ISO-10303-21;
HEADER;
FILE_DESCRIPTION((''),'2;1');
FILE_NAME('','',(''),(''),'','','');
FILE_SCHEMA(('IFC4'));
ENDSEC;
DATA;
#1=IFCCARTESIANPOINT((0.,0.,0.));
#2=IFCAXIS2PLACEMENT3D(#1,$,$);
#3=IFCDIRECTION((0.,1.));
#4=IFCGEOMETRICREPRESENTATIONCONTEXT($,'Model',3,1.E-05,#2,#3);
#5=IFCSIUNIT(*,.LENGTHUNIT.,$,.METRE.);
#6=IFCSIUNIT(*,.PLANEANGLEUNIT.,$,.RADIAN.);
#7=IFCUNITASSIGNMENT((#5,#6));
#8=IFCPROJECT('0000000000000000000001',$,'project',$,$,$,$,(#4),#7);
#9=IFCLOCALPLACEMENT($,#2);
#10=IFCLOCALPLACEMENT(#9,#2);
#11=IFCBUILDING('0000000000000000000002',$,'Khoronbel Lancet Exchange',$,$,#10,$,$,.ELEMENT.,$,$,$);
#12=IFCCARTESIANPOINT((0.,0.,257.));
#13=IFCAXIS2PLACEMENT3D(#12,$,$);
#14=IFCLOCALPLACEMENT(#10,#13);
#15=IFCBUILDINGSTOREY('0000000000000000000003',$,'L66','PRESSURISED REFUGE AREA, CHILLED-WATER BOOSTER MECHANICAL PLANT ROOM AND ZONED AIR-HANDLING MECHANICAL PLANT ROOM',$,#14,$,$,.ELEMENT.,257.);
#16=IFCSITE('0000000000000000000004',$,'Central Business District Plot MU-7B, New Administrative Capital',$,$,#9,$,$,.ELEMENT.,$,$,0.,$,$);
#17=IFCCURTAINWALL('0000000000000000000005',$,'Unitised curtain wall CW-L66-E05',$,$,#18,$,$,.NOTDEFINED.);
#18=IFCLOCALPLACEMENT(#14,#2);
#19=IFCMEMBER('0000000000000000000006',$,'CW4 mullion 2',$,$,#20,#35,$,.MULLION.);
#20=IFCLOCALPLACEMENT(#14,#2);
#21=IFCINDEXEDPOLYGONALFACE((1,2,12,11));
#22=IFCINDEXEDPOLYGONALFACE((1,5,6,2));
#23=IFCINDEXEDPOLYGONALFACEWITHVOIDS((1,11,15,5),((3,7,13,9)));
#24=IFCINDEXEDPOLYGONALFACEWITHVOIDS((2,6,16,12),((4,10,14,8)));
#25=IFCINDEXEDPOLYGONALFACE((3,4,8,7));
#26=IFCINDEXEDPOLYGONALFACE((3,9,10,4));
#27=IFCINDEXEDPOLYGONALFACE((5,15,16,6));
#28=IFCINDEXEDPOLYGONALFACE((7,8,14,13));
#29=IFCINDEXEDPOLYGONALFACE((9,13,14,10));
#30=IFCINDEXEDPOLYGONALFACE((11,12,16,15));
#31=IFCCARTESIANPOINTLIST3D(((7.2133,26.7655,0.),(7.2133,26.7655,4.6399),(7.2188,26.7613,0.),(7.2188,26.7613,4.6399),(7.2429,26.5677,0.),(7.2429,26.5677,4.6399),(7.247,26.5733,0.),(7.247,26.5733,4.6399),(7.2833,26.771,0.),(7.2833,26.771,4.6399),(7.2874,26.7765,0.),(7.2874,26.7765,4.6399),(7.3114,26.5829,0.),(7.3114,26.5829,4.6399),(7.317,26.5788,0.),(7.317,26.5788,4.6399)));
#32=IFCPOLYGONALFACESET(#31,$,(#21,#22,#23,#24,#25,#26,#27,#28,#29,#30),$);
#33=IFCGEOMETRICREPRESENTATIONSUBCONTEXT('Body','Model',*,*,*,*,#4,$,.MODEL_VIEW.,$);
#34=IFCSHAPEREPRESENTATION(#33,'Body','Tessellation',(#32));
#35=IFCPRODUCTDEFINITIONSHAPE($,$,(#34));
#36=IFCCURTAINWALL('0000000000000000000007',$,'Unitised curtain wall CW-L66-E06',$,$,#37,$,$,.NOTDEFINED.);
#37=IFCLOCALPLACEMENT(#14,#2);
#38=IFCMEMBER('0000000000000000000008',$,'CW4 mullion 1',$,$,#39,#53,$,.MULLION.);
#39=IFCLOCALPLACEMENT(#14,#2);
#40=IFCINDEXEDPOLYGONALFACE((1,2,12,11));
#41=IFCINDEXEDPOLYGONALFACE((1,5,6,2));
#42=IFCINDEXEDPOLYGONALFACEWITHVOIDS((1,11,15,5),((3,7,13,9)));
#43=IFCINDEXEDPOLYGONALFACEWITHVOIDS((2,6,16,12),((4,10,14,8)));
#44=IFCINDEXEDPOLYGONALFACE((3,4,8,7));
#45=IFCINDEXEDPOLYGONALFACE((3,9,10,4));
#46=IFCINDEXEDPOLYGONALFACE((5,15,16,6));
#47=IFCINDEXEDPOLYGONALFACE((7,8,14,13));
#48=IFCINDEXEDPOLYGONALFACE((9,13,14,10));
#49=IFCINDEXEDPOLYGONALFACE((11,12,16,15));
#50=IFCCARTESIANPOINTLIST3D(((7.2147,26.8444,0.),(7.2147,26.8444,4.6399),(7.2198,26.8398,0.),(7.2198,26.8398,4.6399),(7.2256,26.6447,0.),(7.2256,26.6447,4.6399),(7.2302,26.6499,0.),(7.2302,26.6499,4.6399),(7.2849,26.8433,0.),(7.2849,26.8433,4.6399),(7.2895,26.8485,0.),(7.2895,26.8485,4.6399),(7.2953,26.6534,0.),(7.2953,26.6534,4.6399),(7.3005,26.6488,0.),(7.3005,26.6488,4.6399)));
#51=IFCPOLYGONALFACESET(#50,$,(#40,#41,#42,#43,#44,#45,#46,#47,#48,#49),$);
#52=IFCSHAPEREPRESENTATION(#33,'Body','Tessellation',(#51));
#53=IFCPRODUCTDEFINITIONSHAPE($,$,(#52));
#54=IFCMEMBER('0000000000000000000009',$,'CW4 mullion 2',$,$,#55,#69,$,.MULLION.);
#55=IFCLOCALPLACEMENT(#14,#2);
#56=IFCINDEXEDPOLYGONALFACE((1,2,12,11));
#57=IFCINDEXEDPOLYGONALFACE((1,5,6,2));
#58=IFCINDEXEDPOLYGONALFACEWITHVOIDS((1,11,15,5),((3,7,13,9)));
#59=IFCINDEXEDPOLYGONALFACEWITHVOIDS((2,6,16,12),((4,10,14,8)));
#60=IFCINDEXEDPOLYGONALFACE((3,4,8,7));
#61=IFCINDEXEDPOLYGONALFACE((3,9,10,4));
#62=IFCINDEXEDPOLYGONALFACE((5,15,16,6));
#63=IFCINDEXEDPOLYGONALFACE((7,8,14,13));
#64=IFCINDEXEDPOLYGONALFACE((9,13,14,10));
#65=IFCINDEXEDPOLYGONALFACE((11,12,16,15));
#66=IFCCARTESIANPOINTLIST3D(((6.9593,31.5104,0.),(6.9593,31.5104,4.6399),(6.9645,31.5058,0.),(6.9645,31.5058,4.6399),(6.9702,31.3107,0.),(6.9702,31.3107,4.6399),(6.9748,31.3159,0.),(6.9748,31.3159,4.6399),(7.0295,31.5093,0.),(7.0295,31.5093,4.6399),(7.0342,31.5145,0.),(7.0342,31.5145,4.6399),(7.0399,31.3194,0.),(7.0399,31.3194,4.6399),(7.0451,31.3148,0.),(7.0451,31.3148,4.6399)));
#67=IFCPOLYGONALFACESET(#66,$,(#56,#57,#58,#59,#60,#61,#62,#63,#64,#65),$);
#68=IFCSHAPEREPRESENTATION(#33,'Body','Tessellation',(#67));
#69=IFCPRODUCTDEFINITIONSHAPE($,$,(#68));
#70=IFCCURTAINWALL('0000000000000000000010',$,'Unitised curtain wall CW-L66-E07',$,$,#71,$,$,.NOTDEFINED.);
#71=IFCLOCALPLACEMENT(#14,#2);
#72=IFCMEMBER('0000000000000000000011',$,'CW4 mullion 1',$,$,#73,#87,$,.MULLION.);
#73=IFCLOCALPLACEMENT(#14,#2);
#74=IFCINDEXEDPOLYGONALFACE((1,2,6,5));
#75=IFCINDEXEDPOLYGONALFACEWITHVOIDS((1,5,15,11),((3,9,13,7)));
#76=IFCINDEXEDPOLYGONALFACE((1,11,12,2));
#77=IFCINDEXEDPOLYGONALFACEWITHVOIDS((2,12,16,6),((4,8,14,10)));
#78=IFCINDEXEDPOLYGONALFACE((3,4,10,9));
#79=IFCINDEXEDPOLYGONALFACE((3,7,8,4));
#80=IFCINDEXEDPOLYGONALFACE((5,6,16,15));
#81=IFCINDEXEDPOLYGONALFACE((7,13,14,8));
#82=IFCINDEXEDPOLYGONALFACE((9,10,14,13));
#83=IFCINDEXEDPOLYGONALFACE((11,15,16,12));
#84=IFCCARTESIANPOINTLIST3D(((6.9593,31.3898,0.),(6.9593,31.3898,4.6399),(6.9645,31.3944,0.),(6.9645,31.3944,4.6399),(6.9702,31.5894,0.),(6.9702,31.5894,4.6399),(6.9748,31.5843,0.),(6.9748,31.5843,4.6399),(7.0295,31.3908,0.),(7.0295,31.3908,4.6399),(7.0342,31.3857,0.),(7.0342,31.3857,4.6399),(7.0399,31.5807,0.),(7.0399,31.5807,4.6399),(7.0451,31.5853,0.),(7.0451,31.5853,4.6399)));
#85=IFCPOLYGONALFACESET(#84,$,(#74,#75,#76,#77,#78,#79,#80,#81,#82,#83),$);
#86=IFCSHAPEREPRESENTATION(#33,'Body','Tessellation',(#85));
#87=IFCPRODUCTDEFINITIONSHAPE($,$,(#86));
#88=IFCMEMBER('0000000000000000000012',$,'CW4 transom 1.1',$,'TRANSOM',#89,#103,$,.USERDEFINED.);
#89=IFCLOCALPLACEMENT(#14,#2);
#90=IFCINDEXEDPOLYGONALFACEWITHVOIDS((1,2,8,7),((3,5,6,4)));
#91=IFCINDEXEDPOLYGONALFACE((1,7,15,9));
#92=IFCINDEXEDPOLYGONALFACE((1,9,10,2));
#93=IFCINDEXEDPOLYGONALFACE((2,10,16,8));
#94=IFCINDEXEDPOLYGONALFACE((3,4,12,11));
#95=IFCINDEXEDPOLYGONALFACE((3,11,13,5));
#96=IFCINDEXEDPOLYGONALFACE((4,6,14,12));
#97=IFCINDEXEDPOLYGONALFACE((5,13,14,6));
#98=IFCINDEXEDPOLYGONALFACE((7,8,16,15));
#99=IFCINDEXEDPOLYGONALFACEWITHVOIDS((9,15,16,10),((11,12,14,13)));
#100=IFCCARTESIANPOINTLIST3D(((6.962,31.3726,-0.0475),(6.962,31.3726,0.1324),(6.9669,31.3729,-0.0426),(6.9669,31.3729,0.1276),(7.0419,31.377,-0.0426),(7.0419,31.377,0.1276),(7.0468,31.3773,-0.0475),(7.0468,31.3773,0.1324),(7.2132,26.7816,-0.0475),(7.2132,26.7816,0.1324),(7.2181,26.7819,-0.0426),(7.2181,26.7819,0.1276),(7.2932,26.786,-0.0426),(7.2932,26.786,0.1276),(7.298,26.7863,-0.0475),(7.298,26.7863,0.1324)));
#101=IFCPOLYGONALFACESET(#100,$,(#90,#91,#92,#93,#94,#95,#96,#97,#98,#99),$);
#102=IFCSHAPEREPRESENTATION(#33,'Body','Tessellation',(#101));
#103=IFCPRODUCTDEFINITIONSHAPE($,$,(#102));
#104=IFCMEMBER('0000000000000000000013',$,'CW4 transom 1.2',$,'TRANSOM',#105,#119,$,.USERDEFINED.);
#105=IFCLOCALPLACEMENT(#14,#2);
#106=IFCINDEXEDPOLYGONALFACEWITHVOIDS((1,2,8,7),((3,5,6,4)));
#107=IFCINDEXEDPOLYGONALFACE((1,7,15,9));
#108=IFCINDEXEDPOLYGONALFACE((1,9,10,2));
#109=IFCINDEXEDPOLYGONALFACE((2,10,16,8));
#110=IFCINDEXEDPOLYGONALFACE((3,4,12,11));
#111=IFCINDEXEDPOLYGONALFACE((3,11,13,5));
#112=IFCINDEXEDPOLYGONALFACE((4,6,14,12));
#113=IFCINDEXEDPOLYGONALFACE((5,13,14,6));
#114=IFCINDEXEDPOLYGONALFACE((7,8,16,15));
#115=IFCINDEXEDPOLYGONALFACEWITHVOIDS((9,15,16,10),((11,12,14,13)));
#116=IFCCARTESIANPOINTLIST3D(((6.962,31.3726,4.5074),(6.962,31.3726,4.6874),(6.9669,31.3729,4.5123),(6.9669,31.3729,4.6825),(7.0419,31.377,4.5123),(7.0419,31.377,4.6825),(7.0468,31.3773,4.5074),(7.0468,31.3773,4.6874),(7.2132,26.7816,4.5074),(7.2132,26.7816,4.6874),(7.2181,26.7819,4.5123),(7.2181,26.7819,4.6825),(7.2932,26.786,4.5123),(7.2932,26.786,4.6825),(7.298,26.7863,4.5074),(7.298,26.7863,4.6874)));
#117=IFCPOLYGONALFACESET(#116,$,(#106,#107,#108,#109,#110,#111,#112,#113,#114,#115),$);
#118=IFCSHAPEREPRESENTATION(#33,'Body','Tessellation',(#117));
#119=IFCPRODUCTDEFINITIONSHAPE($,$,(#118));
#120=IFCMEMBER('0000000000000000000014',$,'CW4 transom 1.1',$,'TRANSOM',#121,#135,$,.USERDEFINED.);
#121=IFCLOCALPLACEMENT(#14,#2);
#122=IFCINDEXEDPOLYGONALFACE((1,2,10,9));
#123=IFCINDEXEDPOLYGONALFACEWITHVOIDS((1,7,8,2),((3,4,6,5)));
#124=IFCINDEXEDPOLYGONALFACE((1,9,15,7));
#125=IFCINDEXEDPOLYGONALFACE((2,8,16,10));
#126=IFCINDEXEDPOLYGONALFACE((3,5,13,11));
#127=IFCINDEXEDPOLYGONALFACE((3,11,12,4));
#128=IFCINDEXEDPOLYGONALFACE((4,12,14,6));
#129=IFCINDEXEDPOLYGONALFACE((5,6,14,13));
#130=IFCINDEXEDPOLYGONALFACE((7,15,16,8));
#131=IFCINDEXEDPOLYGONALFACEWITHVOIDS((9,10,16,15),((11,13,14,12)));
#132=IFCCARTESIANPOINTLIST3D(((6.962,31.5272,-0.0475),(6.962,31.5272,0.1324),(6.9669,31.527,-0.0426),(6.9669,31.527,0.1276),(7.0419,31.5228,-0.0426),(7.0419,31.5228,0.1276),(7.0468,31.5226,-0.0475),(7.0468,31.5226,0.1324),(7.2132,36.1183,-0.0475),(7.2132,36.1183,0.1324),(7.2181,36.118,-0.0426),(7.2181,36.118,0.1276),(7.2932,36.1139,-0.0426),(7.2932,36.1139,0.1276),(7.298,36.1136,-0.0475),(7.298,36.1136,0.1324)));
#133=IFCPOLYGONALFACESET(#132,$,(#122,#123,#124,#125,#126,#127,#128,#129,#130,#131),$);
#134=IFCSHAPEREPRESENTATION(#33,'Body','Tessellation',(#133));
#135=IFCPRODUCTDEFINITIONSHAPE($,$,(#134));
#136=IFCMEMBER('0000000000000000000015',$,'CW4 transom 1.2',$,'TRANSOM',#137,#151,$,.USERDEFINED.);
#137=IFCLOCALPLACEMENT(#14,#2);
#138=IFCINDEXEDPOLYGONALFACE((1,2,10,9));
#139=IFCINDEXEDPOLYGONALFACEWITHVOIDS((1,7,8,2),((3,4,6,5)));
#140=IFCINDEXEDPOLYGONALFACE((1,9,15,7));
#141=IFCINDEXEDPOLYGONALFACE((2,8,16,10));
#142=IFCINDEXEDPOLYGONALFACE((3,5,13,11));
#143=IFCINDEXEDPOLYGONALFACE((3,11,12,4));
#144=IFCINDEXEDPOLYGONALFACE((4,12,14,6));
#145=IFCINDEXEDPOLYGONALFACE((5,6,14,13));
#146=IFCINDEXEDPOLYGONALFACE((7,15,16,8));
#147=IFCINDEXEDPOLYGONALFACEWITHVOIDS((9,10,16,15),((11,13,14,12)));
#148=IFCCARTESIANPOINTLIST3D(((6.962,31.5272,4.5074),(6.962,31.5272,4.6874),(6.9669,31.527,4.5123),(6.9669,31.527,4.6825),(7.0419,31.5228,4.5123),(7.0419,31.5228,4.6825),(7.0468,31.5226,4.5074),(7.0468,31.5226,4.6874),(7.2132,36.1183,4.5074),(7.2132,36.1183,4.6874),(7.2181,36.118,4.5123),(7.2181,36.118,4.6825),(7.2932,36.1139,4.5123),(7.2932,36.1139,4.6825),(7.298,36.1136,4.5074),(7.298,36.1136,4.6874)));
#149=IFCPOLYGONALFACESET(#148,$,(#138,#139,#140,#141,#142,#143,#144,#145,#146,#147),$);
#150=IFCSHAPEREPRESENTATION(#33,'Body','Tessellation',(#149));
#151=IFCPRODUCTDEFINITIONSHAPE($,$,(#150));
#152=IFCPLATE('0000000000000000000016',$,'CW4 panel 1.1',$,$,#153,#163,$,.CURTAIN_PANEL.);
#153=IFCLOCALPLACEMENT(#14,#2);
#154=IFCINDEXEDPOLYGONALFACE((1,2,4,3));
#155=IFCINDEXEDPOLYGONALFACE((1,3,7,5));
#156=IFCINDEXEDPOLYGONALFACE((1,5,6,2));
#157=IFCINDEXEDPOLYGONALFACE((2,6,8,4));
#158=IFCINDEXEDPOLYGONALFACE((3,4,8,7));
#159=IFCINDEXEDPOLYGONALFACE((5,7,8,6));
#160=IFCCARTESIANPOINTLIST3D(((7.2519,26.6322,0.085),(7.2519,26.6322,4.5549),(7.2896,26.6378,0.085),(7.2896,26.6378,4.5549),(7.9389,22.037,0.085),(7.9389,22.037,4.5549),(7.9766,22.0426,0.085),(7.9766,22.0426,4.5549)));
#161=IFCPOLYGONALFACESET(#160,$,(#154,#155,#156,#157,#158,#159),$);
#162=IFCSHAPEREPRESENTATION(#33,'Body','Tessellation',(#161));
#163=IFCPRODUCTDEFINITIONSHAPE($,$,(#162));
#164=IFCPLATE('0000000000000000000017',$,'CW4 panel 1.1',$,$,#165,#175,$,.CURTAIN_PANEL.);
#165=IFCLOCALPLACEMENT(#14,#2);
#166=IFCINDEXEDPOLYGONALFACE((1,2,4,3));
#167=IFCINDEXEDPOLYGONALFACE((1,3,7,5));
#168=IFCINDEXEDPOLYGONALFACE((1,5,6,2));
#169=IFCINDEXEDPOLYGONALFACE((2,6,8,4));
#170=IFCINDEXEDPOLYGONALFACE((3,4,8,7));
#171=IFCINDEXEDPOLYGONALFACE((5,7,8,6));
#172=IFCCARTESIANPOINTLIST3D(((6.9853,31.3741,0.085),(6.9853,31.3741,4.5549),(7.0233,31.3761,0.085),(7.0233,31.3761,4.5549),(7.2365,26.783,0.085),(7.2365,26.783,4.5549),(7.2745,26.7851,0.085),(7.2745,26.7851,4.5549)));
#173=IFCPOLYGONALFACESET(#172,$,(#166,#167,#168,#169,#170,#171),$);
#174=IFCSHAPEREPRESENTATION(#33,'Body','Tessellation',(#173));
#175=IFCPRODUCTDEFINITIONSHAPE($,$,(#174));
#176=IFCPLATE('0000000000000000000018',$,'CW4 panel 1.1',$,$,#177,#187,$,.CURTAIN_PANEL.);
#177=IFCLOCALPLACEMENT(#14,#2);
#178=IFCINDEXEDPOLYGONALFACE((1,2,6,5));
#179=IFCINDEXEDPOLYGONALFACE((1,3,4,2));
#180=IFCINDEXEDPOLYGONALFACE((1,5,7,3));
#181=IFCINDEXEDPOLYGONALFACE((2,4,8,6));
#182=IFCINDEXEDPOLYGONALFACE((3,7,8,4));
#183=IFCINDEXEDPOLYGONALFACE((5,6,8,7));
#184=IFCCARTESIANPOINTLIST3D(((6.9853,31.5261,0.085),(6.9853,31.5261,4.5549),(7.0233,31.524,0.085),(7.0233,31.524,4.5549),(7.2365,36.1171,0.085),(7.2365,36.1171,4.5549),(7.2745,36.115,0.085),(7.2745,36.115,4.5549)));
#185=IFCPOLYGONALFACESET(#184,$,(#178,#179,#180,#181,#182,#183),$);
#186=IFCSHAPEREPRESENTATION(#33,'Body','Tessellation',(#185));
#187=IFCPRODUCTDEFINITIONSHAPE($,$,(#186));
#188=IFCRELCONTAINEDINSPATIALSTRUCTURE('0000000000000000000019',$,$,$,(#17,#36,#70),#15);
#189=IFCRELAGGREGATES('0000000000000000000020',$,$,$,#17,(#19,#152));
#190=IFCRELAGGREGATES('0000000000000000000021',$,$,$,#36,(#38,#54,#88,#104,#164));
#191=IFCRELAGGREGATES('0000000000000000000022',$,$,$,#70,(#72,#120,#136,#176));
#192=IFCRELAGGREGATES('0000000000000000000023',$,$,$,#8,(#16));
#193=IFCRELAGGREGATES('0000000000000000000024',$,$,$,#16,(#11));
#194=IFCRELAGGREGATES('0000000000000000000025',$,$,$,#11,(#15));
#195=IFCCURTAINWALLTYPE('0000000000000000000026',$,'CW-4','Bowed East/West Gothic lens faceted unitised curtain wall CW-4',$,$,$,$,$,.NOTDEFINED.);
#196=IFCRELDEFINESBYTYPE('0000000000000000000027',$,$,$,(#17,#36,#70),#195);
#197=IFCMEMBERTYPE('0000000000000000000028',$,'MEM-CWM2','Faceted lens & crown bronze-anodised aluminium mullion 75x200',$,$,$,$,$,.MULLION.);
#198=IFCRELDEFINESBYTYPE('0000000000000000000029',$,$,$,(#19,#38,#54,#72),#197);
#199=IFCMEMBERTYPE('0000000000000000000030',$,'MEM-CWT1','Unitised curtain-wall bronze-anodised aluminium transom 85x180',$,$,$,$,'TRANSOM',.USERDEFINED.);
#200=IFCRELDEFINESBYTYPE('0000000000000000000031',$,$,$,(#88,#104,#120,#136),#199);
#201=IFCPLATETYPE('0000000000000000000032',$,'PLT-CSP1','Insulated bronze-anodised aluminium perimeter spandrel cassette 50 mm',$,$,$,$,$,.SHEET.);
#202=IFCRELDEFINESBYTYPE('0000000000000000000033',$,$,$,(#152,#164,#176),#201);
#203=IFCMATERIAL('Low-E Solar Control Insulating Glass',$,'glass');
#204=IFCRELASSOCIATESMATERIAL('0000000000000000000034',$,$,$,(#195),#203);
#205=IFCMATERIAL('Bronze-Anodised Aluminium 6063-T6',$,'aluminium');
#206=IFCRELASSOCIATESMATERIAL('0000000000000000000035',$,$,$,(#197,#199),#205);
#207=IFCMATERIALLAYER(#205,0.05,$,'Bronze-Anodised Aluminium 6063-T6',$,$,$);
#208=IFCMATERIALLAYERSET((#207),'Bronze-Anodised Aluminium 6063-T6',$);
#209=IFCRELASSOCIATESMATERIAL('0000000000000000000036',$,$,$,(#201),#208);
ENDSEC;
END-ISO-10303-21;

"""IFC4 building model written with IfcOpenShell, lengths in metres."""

from ifc_helpers import new_model, si_unit, direction, frame, origin, origin_2d, place, context, subcontext, project, spatial, rectangle, hollow_rectangle, extrude, material, layer, layer_set, material_profile, profile_set, type_object, element, aggregate, save


model = new_model("IFC4")

# Units and contexts
model_context = context("Model", 3, precision=1e-05, world=origin(), true_north=direction((0.0, 1.0)))
body_context = subcontext(model_context, "Body", "Model", "MODEL_VIEW")
ifc_project = project(units=[si_unit("LENGTHUNIT", "METRE"), si_unit("PLANEANGLEUNIT", "RADIAN")], contexts=[model_context])

# Site, building, storey
site_placement = place(None, origin())
site = spatial("IfcSite", under=ifc_project, at=site_placement, Name="Central Business District Plot MU-7B, New Administrative Capital", CompositionType="ELEMENT", RefElevation=0.0)
building_placement = place(site_placement, origin())
building = spatial("IfcBuilding", under=site, at=building_placement, Name="Khoronbel Lancet Exchange", CompositionType="ELEMENT")
storey_placement = place(building_placement, frame((0.0, 0.0, 257.0)))
storey = spatial("IfcBuildingStorey", under=building, at=storey_placement, Name="L66", Description="PRESSURISED REFUGE AREA, CHILLED-WATER BOOSTER MECHANICAL PLANT ROOM AND ZONED AIR-HANDLING MECHANICAL PLANT ROOM", CompositionType="ELEMENT", Elevation=257.0)

# Curtain wall, member
ifc_material_1 = material(Name="Low-E Solar Control Insulating Glass", Category="glass")
curtain_wall_type = type_object("IfcCurtainWallType", Name="CW-4", Description="Bowed East/West Gothic lens faceted unitised curtain wall CW-4", PredefinedType="NOTDEFINED", material=ifc_material_1)
curtain_wall_1_placement = place(storey_placement, origin())
curtain_wall_1 = element("IfcCurtainWall", 1, at=curtain_wall_1_placement, inside=storey, type_object=curtain_wall_type, Name="Unitised curtain wall CW-L66-E05", PredefinedType="NOTDEFINED")
ifc_material_2 = material(Name="Bronze-Anodised Aluminium 6063-T6", Category="aluminium")
ifc_material_profile_1 = material_profile(ifc_material_2, hollow_rectangle(XDim=0.075, YDim=0.2, WallThickness=0.0049, at=origin_2d()), Name="ALU MULLION 75x200")
ifc_profile_set_1 = profile_set([ifc_material_profile_1], Name="Bronze-Anodised Aluminium 6063-T6")
member_type_1 = type_object("IfcMemberType", Name="MEM-CWM2", Description="Faceted lens & crown bronze-anodised aluminium mullion 75x200", PredefinedType="MULLION", material=ifc_profile_set_1)
member_1_placement = place(storey_placement, frame((7.2651, 26.6721, 0.0), z_axis=(0.0, 0.0, 1.0), x_axis=(-0.989007, -0.147869, 0.0)))
member_1 = element("IfcMember", 2, at=member_1_placement, type_object=member_type_1, Name="CW4 mullion 2", PredefinedType="MULLION", context=body_context, shape_type="SweptSolid", body=[
    extrude(hollow_rectangle(XDim=0.075, YDim=0.2, WallThickness=0.0049, at=origin_2d()), origin(), (0.0, 0.0, 1.0), 4.6399),
])

# Curtain wall, members
curtain_wall_2_placement = place(storey_placement, origin())
curtain_wall_2 = element("IfcCurtainWall", 3, at=curtain_wall_2_placement, inside=storey, type_object=curtain_wall_type, Name="Unitised curtain wall CW-L66-E06", PredefinedType="NOTDEFINED")
member_2_placement = place(storey_placement, frame((7.2576, 26.7466, 0.0), z_axis=(0.0, 0.0, 1.0), x_axis=(-0.998506, -0.054634, 0.0)))
member_2 = element("IfcMember", 4, at=member_2_placement, type_object=member_type_1, Name="CW4 mullion 1", PredefinedType="MULLION", context=body_context, shape_type="SweptSolid", body=[
    extrude(hollow_rectangle(XDim=0.075, YDim=0.2, WallThickness=0.0049, at=origin_2d()), origin(), (0.0, 0.0, 1.0), 4.6399),
])
member_3_placement = place(storey_placement, frame((7.0022, 31.4126, 0.0), z_axis=(0.0, 0.0, 1.0), x_axis=(-0.998506, -0.054634, 0.0)))
member_3 = element("IfcMember", 5, at=member_3_placement, type_object=member_type_1, Name="CW4 mullion 2", PredefinedType="MULLION", context=body_context, shape_type="SweptSolid", body=[
    extrude(hollow_rectangle(XDim=0.075, YDim=0.2, WallThickness=0.0049, at=origin_2d()), origin(), (0.0, 0.0, 1.0), 4.6399),
])

# Curtain wall, member
curtain_wall_3_placement = place(storey_placement, origin())
curtain_wall_3 = element("IfcCurtainWall", 6, at=curtain_wall_3_placement, inside=storey, type_object=curtain_wall_type, Name="Unitised curtain wall CW-L66-E07", PredefinedType="NOTDEFINED")
member_4_placement = place(storey_placement, frame((7.0022, 31.4875, 0.0), z_axis=(0.0, 0.0, 1.0), x_axis=(-0.998506, 0.054634, 0.0)))
member_4 = element("IfcMember", 7, at=member_4_placement, type_object=member_type_1, Name="CW4 mullion 1", PredefinedType="MULLION", context=body_context, shape_type="SweptSolid", body=[
    extrude(hollow_rectangle(XDim=0.075, YDim=0.2, WallThickness=0.0049, at=origin_2d()), origin(), (0.0, 0.0, 1.0), 4.6399),
])

# Members
ifc_material_profile_2 = material_profile(ifc_material_2, hollow_rectangle(XDim=0.085, YDim=0.1799, WallThickness=0.0049, at=origin_2d()), Name="ALU TRANSOM 85x180")
ifc_profile_set_2 = profile_set([ifc_material_profile_2], Name="Bronze-Anodised Aluminium 6063-T6")
member_type_2 = type_object("IfcMemberType", Name="MEM-CWT1", Description="Unitised curtain-wall bronze-anodised aluminium transom 85x180", ElementType="TRANSOM", PredefinedType="USERDEFINED", material=ifc_profile_set_2)
member_5_placement = place(storey_placement, frame((7.2556, 26.7839, 0.0425), z_axis=(-0.054638, 0.998506, 0.0), x_axis=(-0.998506, -0.054638, 0.0)))
member_5 = element("IfcMember", 8, at=member_5_placement, type_object=member_type_2, Name="CW4 transom 1.1", ObjectType="TRANSOM", PredefinedType="USERDEFINED", context=body_context, shape_type="SweptSolid", body=[
    extrude(hollow_rectangle(XDim=0.085, YDim=0.1799, WallThickness=0.0049, at=origin_2d()), origin(), (0.0, 0.0, 1.0), 4.5979),
])
member_6_placement = place(storey_placement, frame((7.2556, 26.7839, 4.5974), z_axis=(-0.054638, 0.998506, 0.0), x_axis=(-0.998506, -0.054638, 0.0)))
member_6 = element("IfcMember", 9, at=member_6_placement, type_object=member_type_2, Name="CW4 transom 1.2", ObjectType="TRANSOM", PredefinedType="USERDEFINED", context=body_context, shape_type="SweptSolid", body=[
    extrude(hollow_rectangle(XDim=0.085, YDim=0.1799, WallThickness=0.0049, at=origin_2d()), origin(), (0.0, 0.0, 1.0), 4.5979),
])
member_7_placement = place(storey_placement, frame((7.0044, 31.5249, 0.0425), z_axis=(0.054638, 0.998506, 0.0), x_axis=(-0.998506, 0.054638, 0.0)))
member_7 = element("IfcMember", 10, at=member_7_placement, type_object=member_type_2, Name="CW4 transom 1.1", ObjectType="TRANSOM", PredefinedType="USERDEFINED", context=body_context, shape_type="SweptSolid", body=[
    extrude(hollow_rectangle(XDim=0.085, YDim=0.1799, WallThickness=0.0049, at=origin_2d()), origin(), (0.0, 0.0, 1.0), 4.5979),
])
member_8_placement = place(storey_placement, frame((7.0044, 31.5249, 4.5974), z_axis=(0.054638, 0.998506, 0.0), x_axis=(-0.998506, 0.054638, 0.0)))
member_8 = element("IfcMember", 11, at=member_8_placement, type_object=member_type_2, Name="CW4 transom 1.2", ObjectType="TRANSOM", PredefinedType="USERDEFINED", context=body_context, shape_type="SweptSolid", body=[
    extrude(hollow_rectangle(XDim=0.085, YDim=0.1799, WallThickness=0.0049, at=origin_2d()), origin(), (0.0, 0.0, 1.0), 4.5979),
])

# Plates
ifc_layer_1 = layer(ifc_material_2, 0.05, Name="Bronze-Anodised Aluminium 6063-T6")
ifc_layer_set_1 = layer_set([ifc_layer_1], Name="Bronze-Anodised Aluminium 6063-T6")
plate_type_1 = type_object("IfcPlateType", Name="PLT-CSP1", Description="Insulated bronze-anodised aluminium perimeter spandrel cassette 50 mm", PredefinedType="SHEET", material=ifc_layer_set_1)
plate_1_placement = place(storey_placement, frame((7.6143, 24.3374, 0.085), z_axis=(0.0, 0.0, 1.0), x_axis=(-0.147869, 0.989007, 0.0)))
plate_1 = element("IfcPlate", 12, at=plate_1_placement, type_object=plate_type_1, Name="CW4 panel 1.1", PredefinedType="CURTAIN_PANEL", context=body_context, shape_type="SweptSolid", body=[
    extrude(rectangle(XDim=4.6462, YDim=0.0381, at=origin_2d()), origin(), (0.0, 0.0, 1.0), 4.47),
])
aggregate(curtain_wall_1, [member_1, plate_1])
plate_2_placement = place(storey_placement, frame((7.1299, 29.0796, 0.085), z_axis=(0.0, 0.0, 1.0), x_axis=(-0.054634, 0.998506, 0.0)))
plate_2 = element("IfcPlate", 13, at=plate_2_placement, type_object=plate_type_1, Name="CW4 panel 1.1", PredefinedType="CURTAIN_PANEL", context=body_context, shape_type="SweptSolid", body=[
    extrude(rectangle(XDim=4.5979, YDim=0.0381, at=origin_2d()), origin(), (0.0, 0.0, 1.0), 4.47),
])
aggregate(curtain_wall_2, [member_2, member_3, member_5, member_6, plate_2])
plate_3_placement = place(storey_placement, frame((7.1299, 33.8206, 0.085), z_axis=(0.0, 0.0, 1.0), x_axis=(0.054634, 0.998506, 0.0)))
plate_3 = element("IfcPlate", 14, at=plate_3_placement, type_object=plate_type_1, Name="CW4 panel 1.1", PredefinedType="CURTAIN_PANEL", context=body_context, shape_type="SweptSolid", body=[
    extrude(rectangle(XDim=4.5979, YDim=0.0381, at=origin_2d()), origin(), (0.0, 0.0, 1.0), 4.47),
])
aggregate(curtain_wall_3, [member_4, member_7, member_8, plate_3])

save(model, "model.ifc")
